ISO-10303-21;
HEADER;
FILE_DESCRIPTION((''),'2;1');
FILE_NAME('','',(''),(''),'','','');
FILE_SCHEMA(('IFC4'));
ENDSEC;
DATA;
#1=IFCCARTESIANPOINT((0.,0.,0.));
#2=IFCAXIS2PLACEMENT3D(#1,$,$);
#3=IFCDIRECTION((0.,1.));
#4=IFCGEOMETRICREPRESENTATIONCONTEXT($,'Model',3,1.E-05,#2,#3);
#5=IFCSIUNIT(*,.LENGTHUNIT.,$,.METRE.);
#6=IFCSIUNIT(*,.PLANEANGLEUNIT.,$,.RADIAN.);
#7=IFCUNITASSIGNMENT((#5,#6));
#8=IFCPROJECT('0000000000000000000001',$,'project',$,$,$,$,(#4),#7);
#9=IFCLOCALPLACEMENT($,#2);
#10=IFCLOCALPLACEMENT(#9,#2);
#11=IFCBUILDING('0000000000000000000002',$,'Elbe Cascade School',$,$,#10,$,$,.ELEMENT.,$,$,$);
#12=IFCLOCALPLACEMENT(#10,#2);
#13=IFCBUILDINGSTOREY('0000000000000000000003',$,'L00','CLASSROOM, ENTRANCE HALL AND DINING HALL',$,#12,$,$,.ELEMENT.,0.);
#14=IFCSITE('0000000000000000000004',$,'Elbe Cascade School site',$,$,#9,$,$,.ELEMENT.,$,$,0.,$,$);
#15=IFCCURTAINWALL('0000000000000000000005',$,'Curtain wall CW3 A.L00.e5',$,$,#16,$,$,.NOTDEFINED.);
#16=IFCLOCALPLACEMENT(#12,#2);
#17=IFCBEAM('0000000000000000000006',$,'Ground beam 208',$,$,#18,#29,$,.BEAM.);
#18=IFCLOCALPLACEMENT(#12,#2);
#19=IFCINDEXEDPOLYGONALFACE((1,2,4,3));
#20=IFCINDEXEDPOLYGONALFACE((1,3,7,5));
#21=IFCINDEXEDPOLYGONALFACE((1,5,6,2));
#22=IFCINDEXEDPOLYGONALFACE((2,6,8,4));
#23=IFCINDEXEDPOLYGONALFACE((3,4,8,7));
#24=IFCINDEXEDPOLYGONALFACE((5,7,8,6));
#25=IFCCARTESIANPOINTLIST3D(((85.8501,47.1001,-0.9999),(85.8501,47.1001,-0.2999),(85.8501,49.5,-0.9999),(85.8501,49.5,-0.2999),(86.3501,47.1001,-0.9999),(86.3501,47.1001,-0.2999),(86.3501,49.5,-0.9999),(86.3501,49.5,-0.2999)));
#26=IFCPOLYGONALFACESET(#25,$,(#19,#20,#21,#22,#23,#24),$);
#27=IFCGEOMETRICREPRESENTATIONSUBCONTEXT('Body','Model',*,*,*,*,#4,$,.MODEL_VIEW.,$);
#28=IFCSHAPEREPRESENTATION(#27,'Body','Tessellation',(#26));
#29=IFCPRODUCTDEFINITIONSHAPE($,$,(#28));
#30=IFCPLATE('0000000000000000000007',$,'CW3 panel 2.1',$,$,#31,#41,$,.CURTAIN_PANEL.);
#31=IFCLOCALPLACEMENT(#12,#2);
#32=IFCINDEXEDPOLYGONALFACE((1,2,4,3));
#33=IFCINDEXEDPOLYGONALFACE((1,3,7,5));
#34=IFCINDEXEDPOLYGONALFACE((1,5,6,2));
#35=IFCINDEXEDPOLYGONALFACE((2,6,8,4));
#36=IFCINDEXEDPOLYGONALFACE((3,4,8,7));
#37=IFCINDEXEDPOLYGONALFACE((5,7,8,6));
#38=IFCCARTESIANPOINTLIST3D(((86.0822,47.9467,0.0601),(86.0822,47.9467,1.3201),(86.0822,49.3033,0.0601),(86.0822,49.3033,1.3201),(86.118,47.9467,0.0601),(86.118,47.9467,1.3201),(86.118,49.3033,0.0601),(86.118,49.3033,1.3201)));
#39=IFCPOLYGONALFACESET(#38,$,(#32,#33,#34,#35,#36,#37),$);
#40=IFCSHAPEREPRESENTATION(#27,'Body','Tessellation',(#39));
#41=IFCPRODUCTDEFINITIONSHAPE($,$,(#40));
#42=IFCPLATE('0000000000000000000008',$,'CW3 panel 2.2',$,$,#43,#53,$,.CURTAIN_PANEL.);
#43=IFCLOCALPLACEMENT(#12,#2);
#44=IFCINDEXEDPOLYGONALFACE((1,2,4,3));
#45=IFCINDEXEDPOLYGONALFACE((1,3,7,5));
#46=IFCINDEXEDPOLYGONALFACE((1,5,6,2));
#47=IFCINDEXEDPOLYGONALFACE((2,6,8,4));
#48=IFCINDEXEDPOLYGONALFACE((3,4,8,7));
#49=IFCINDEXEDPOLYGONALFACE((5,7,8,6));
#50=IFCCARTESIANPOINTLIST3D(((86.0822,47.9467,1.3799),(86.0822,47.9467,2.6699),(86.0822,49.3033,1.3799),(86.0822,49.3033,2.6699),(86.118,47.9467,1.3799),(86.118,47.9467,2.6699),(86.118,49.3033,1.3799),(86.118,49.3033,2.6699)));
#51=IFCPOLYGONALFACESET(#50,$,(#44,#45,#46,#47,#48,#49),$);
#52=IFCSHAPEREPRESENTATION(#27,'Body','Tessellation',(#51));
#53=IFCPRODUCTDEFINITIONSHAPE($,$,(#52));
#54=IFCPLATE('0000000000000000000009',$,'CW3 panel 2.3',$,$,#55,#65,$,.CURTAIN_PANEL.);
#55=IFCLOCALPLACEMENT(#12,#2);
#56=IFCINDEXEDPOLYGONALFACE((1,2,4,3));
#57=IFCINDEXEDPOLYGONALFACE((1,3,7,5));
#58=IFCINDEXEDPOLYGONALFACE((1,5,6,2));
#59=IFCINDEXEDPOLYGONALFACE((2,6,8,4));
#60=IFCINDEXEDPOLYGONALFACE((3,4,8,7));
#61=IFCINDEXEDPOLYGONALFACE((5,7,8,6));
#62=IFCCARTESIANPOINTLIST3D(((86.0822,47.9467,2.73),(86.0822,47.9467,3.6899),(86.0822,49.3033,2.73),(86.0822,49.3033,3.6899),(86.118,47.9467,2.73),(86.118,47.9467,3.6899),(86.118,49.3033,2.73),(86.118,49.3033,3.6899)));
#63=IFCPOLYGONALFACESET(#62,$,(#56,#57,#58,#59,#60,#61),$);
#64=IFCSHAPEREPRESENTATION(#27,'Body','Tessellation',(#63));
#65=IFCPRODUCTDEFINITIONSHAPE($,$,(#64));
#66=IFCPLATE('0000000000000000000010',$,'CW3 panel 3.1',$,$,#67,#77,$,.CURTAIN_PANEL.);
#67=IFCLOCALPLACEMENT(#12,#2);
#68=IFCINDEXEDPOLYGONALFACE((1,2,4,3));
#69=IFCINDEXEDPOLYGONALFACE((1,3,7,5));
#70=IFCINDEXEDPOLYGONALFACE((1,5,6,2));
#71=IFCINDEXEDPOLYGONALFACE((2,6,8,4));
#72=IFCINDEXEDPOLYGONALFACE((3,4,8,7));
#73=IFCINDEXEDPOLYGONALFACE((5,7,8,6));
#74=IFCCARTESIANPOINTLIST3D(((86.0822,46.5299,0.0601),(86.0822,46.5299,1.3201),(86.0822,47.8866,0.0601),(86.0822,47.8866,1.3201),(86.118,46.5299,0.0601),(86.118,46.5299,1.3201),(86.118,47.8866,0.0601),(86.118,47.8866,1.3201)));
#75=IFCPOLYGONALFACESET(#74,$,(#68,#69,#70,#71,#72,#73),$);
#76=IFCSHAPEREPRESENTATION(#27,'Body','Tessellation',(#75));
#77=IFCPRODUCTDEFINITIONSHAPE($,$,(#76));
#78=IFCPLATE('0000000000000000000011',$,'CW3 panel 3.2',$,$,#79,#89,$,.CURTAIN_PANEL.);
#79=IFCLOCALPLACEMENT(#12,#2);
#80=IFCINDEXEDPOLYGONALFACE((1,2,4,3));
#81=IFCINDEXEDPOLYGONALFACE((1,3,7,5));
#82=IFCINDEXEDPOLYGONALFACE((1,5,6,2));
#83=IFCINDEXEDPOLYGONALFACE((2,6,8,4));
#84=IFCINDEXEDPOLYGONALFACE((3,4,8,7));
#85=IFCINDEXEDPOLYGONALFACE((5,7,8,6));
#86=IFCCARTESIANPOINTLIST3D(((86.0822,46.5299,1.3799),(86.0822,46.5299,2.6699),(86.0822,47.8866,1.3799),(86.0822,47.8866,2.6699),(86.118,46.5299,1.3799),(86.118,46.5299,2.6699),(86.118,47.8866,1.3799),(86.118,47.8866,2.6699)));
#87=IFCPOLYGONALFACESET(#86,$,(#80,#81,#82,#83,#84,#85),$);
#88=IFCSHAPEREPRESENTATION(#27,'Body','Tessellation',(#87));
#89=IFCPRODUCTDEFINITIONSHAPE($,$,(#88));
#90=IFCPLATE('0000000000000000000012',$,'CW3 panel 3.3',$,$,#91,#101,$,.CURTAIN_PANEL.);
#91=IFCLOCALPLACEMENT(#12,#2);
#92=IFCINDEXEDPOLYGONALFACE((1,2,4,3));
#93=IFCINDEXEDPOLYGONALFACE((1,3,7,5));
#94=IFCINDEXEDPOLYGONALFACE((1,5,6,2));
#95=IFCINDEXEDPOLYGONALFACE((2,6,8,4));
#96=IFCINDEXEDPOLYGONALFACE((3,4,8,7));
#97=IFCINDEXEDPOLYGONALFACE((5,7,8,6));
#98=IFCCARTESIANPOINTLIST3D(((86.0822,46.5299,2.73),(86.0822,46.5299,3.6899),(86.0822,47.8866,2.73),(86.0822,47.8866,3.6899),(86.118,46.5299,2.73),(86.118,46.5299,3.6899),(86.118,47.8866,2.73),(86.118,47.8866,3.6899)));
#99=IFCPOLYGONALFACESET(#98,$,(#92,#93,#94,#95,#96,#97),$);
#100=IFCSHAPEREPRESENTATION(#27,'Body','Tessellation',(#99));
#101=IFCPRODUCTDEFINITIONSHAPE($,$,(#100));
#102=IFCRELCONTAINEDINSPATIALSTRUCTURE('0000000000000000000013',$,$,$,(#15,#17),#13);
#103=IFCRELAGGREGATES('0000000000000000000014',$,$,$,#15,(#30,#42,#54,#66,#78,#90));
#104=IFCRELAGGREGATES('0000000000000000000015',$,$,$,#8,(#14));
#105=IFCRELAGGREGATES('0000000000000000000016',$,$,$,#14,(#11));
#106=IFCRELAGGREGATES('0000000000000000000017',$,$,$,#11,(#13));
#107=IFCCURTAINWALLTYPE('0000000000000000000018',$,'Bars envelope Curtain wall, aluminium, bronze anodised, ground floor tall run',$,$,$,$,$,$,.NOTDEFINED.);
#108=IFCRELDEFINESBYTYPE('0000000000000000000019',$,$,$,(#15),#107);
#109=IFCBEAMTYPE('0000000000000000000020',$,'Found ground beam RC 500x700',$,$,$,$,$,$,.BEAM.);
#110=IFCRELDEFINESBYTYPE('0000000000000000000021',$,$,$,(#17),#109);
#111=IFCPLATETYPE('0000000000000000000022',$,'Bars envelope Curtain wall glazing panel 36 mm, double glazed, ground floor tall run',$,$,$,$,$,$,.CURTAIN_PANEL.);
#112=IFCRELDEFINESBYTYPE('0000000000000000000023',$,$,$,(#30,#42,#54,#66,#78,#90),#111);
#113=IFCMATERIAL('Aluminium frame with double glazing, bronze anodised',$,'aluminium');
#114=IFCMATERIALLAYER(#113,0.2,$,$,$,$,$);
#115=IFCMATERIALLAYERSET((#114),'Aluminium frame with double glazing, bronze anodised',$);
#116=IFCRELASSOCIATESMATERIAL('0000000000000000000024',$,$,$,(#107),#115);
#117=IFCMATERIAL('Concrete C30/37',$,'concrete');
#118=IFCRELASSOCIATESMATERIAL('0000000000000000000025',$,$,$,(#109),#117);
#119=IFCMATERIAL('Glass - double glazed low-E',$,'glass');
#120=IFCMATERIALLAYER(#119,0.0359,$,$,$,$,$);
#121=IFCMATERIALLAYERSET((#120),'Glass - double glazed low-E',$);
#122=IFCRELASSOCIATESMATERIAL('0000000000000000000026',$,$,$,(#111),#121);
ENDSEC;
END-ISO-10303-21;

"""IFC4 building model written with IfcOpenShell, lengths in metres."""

from ifc_helpers import new_model, si_unit, direction, frame, origin, origin_2d, place, context, subcontext, project, spatial, rectangle, extrude, material, layer, layer_set, material_profile, profile_set, type_object, element, aggregate, save


model = new_model("IFC4")

# Units and contexts
model_context = context("Model", 3, precision=1e-05, world=origin(), true_north=direction((0.0, 1.0)))
body_context = subcontext(model_context, "Body", "Model", "MODEL_VIEW")
ifc_project = project(units=[si_unit("LENGTHUNIT", "METRE"), si_unit("PLANEANGLEUNIT", "RADIAN")], contexts=[model_context])

# Site, building, storey
site_placement = place(None, origin())
site = spatial("IfcSite", under=ifc_project, at=site_placement, Name="Elbe Cascade School site", CompositionType="ELEMENT", RefElevation=0.0)
building_placement = place(site_placement, origin())
building = spatial("IfcBuilding", under=site, at=building_placement, Name="Elbe Cascade School", CompositionType="ELEMENT")
storey_placement = place(building_placement, origin())
storey = spatial("IfcBuildingStorey", under=building, at=storey_placement, Name="L00", Description="CLASSROOM, ENTRANCE HALL AND DINING HALL", CompositionType="ELEMENT", Elevation=0.0)

# Curtain wall
ifc_material_1 = material(Name="Aluminium frame with double glazing, bronze anodised", Category="aluminium")
ifc_layer_1 = layer(ifc_material_1, 0.2)
ifc_layer_set_1 = layer_set([ifc_layer_1], Name="Aluminium frame with double glazing, bronze anodised")
curtain_wall_type = type_object("IfcCurtainWallType", Name="Bars envelope Curtain wall, aluminium, bronze anodised, ground floor tall run", PredefinedType="NOTDEFINED", material=ifc_layer_set_1)
curtain_wall_placement = place(storey_placement, origin())
curtain_wall = element("IfcCurtainWall", 1, at=curtain_wall_placement, inside=storey, type_object=curtain_wall_type, Name="Curtain wall CW3 A.L00.e5", PredefinedType="NOTDEFINED")

# Beam
ifc_material_2 = material(Name="Concrete C30/37", Category="concrete")
ifc_material_profile_1 = material_profile(ifc_material_2, rectangle(XDim=0.5, YDim=0.7, at=origin_2d()), Name="RC 500x700")
ifc_profile_set_1 = profile_set([ifc_material_profile_1], Name="Concrete C30/37")
beam_type = type_object("IfcBeamType", Name="Found ground beam RC 500x700", PredefinedType="BEAM", material=ifc_profile_set_1)
beam_placement = place(storey_placement, frame((86.1001, 47.1001, -0.6499), z_axis=(0.0, 1.0, 0.0), x_axis=(-1.0, 0.0, 0.0)))
element("IfcBeam", 2, at=beam_placement, inside=storey, type_object=beam_type, Name="Ground beam 208", PredefinedType="BEAM", context=body_context, shape_type="SweptSolid", body=[
    extrude(rectangle(XDim=0.5, YDim=0.7, at=origin_2d()), origin(), (0.0, 0.0, 1.0), 2.3999),
])

# Plates
ifc_material_3 = material(Name="Glass - double glazed low-E", Category="glass")
ifc_layer_2 = layer(ifc_material_3, 0.0359)
ifc_layer_set_2 = layer_set([ifc_layer_2], Name="Glass - double glazed low-E")
plate_type = type_object("IfcPlateType", Name="Bars envelope Curtain wall glazing panel 36 mm, double glazed, ground floor tall run", PredefinedType="CURTAIN_PANEL", material=ifc_layer_set_2)
plate_1_placement = place(storey_placement, frame((86.1001, 48.625, 0.0601), z_axis=(0.0, 0.0, 1.0), x_axis=(0.0, -1.0, 0.0)))
plate_1 = element("IfcPlate", 3, at=plate_1_placement, type_object=plate_type, Name="CW3 panel 2.1", PredefinedType="CURTAIN_PANEL", context=body_context, shape_type="SweptSolid", body=[
    extrude(rectangle(XDim=1.3567, YDim=0.0359, at=origin_2d()), origin(), (0.0, 0.0, 1.0), 1.26),
])
plate_2_placement = place(storey_placement, frame((86.1001, 48.625, 1.3799), z_axis=(0.0, 0.0, 1.0), x_axis=(0.0, -1.0, 0.0)))
plate_2 = element("IfcPlate", 4, at=plate_2_placement, type_object=plate_type, Name="CW3 panel 2.2", PredefinedType="CURTAIN_PANEL", context=body_context, shape_type="SweptSolid", body=[
    extrude(rectangle(XDim=1.3567, YDim=0.0359, at=origin_2d()), origin(), (0.0, 0.0, 1.0), 1.29),
])
plate_3_placement = place(storey_placement, frame((86.1001, 48.625, 2.73), z_axis=(0.0, 0.0, 1.0), x_axis=(0.0, -1.0, 0.0)))
plate_3 = element("IfcPlate", 5, at=plate_3_placement, type_object=plate_type, Name="CW3 panel 2.3", PredefinedType="CURTAIN_PANEL", context=body_context, shape_type="SweptSolid", body=[
    extrude(rectangle(XDim=1.3567, YDim=0.0359, at=origin_2d()), origin(), (0.0, 0.0, 1.0), 0.96),
])
plate_4_placement = place(storey_placement, frame((86.1001, 47.2083, 0.0601), z_axis=(0.0, 0.0, 1.0), x_axis=(0.0, -1.0, 0.0)))
plate_4 = element("IfcPlate", 6, at=plate_4_placement, type_object=plate_type, Name="CW3 panel 3.1", PredefinedType="CURTAIN_PANEL", context=body_context, shape_type="SweptSolid", body=[
    extrude(rectangle(XDim=1.3567, YDim=0.0359, at=origin_2d()), origin(), (0.0, 0.0, 1.0), 1.26),
])
plate_5_placement = place(storey_placement, frame((86.1001, 47.2083, 1.3799), z_axis=(0.0, 0.0, 1.0), x_axis=(0.0, -1.0, 0.0)))
plate_5 = element("IfcPlate", 7, at=plate_5_placement, type_object=plate_type, Name="CW3 panel 3.2", PredefinedType="CURTAIN_PANEL", context=body_context, shape_type="SweptSolid", body=[
    extrude(rectangle(XDim=1.3567, YDim=0.0359, at=origin_2d()), origin(), (0.0, 0.0, 1.0), 1.29),
])
plate_6_placement = place(storey_placement, frame((86.1001, 47.2083, 2.73), z_axis=(0.0, 0.0, 1.0), x_axis=(0.0, -1.0, 0.0)))
plate_6 = element("IfcPlate", 8, at=plate_6_placement, type_object=plate_type, Name="CW3 panel 3.3", PredefinedType="CURTAIN_PANEL", context=body_context, shape_type="SweptSolid", body=[
    extrude(rectangle(XDim=1.3567, YDim=0.0359, at=origin_2d()), origin(), (0.0, 0.0, 1.0), 0.96),
])
aggregate(curtain_wall, [plate_1, plate_2, plate_3, plate_4, plate_5, plate_6])

save(model, "model.ifc")
